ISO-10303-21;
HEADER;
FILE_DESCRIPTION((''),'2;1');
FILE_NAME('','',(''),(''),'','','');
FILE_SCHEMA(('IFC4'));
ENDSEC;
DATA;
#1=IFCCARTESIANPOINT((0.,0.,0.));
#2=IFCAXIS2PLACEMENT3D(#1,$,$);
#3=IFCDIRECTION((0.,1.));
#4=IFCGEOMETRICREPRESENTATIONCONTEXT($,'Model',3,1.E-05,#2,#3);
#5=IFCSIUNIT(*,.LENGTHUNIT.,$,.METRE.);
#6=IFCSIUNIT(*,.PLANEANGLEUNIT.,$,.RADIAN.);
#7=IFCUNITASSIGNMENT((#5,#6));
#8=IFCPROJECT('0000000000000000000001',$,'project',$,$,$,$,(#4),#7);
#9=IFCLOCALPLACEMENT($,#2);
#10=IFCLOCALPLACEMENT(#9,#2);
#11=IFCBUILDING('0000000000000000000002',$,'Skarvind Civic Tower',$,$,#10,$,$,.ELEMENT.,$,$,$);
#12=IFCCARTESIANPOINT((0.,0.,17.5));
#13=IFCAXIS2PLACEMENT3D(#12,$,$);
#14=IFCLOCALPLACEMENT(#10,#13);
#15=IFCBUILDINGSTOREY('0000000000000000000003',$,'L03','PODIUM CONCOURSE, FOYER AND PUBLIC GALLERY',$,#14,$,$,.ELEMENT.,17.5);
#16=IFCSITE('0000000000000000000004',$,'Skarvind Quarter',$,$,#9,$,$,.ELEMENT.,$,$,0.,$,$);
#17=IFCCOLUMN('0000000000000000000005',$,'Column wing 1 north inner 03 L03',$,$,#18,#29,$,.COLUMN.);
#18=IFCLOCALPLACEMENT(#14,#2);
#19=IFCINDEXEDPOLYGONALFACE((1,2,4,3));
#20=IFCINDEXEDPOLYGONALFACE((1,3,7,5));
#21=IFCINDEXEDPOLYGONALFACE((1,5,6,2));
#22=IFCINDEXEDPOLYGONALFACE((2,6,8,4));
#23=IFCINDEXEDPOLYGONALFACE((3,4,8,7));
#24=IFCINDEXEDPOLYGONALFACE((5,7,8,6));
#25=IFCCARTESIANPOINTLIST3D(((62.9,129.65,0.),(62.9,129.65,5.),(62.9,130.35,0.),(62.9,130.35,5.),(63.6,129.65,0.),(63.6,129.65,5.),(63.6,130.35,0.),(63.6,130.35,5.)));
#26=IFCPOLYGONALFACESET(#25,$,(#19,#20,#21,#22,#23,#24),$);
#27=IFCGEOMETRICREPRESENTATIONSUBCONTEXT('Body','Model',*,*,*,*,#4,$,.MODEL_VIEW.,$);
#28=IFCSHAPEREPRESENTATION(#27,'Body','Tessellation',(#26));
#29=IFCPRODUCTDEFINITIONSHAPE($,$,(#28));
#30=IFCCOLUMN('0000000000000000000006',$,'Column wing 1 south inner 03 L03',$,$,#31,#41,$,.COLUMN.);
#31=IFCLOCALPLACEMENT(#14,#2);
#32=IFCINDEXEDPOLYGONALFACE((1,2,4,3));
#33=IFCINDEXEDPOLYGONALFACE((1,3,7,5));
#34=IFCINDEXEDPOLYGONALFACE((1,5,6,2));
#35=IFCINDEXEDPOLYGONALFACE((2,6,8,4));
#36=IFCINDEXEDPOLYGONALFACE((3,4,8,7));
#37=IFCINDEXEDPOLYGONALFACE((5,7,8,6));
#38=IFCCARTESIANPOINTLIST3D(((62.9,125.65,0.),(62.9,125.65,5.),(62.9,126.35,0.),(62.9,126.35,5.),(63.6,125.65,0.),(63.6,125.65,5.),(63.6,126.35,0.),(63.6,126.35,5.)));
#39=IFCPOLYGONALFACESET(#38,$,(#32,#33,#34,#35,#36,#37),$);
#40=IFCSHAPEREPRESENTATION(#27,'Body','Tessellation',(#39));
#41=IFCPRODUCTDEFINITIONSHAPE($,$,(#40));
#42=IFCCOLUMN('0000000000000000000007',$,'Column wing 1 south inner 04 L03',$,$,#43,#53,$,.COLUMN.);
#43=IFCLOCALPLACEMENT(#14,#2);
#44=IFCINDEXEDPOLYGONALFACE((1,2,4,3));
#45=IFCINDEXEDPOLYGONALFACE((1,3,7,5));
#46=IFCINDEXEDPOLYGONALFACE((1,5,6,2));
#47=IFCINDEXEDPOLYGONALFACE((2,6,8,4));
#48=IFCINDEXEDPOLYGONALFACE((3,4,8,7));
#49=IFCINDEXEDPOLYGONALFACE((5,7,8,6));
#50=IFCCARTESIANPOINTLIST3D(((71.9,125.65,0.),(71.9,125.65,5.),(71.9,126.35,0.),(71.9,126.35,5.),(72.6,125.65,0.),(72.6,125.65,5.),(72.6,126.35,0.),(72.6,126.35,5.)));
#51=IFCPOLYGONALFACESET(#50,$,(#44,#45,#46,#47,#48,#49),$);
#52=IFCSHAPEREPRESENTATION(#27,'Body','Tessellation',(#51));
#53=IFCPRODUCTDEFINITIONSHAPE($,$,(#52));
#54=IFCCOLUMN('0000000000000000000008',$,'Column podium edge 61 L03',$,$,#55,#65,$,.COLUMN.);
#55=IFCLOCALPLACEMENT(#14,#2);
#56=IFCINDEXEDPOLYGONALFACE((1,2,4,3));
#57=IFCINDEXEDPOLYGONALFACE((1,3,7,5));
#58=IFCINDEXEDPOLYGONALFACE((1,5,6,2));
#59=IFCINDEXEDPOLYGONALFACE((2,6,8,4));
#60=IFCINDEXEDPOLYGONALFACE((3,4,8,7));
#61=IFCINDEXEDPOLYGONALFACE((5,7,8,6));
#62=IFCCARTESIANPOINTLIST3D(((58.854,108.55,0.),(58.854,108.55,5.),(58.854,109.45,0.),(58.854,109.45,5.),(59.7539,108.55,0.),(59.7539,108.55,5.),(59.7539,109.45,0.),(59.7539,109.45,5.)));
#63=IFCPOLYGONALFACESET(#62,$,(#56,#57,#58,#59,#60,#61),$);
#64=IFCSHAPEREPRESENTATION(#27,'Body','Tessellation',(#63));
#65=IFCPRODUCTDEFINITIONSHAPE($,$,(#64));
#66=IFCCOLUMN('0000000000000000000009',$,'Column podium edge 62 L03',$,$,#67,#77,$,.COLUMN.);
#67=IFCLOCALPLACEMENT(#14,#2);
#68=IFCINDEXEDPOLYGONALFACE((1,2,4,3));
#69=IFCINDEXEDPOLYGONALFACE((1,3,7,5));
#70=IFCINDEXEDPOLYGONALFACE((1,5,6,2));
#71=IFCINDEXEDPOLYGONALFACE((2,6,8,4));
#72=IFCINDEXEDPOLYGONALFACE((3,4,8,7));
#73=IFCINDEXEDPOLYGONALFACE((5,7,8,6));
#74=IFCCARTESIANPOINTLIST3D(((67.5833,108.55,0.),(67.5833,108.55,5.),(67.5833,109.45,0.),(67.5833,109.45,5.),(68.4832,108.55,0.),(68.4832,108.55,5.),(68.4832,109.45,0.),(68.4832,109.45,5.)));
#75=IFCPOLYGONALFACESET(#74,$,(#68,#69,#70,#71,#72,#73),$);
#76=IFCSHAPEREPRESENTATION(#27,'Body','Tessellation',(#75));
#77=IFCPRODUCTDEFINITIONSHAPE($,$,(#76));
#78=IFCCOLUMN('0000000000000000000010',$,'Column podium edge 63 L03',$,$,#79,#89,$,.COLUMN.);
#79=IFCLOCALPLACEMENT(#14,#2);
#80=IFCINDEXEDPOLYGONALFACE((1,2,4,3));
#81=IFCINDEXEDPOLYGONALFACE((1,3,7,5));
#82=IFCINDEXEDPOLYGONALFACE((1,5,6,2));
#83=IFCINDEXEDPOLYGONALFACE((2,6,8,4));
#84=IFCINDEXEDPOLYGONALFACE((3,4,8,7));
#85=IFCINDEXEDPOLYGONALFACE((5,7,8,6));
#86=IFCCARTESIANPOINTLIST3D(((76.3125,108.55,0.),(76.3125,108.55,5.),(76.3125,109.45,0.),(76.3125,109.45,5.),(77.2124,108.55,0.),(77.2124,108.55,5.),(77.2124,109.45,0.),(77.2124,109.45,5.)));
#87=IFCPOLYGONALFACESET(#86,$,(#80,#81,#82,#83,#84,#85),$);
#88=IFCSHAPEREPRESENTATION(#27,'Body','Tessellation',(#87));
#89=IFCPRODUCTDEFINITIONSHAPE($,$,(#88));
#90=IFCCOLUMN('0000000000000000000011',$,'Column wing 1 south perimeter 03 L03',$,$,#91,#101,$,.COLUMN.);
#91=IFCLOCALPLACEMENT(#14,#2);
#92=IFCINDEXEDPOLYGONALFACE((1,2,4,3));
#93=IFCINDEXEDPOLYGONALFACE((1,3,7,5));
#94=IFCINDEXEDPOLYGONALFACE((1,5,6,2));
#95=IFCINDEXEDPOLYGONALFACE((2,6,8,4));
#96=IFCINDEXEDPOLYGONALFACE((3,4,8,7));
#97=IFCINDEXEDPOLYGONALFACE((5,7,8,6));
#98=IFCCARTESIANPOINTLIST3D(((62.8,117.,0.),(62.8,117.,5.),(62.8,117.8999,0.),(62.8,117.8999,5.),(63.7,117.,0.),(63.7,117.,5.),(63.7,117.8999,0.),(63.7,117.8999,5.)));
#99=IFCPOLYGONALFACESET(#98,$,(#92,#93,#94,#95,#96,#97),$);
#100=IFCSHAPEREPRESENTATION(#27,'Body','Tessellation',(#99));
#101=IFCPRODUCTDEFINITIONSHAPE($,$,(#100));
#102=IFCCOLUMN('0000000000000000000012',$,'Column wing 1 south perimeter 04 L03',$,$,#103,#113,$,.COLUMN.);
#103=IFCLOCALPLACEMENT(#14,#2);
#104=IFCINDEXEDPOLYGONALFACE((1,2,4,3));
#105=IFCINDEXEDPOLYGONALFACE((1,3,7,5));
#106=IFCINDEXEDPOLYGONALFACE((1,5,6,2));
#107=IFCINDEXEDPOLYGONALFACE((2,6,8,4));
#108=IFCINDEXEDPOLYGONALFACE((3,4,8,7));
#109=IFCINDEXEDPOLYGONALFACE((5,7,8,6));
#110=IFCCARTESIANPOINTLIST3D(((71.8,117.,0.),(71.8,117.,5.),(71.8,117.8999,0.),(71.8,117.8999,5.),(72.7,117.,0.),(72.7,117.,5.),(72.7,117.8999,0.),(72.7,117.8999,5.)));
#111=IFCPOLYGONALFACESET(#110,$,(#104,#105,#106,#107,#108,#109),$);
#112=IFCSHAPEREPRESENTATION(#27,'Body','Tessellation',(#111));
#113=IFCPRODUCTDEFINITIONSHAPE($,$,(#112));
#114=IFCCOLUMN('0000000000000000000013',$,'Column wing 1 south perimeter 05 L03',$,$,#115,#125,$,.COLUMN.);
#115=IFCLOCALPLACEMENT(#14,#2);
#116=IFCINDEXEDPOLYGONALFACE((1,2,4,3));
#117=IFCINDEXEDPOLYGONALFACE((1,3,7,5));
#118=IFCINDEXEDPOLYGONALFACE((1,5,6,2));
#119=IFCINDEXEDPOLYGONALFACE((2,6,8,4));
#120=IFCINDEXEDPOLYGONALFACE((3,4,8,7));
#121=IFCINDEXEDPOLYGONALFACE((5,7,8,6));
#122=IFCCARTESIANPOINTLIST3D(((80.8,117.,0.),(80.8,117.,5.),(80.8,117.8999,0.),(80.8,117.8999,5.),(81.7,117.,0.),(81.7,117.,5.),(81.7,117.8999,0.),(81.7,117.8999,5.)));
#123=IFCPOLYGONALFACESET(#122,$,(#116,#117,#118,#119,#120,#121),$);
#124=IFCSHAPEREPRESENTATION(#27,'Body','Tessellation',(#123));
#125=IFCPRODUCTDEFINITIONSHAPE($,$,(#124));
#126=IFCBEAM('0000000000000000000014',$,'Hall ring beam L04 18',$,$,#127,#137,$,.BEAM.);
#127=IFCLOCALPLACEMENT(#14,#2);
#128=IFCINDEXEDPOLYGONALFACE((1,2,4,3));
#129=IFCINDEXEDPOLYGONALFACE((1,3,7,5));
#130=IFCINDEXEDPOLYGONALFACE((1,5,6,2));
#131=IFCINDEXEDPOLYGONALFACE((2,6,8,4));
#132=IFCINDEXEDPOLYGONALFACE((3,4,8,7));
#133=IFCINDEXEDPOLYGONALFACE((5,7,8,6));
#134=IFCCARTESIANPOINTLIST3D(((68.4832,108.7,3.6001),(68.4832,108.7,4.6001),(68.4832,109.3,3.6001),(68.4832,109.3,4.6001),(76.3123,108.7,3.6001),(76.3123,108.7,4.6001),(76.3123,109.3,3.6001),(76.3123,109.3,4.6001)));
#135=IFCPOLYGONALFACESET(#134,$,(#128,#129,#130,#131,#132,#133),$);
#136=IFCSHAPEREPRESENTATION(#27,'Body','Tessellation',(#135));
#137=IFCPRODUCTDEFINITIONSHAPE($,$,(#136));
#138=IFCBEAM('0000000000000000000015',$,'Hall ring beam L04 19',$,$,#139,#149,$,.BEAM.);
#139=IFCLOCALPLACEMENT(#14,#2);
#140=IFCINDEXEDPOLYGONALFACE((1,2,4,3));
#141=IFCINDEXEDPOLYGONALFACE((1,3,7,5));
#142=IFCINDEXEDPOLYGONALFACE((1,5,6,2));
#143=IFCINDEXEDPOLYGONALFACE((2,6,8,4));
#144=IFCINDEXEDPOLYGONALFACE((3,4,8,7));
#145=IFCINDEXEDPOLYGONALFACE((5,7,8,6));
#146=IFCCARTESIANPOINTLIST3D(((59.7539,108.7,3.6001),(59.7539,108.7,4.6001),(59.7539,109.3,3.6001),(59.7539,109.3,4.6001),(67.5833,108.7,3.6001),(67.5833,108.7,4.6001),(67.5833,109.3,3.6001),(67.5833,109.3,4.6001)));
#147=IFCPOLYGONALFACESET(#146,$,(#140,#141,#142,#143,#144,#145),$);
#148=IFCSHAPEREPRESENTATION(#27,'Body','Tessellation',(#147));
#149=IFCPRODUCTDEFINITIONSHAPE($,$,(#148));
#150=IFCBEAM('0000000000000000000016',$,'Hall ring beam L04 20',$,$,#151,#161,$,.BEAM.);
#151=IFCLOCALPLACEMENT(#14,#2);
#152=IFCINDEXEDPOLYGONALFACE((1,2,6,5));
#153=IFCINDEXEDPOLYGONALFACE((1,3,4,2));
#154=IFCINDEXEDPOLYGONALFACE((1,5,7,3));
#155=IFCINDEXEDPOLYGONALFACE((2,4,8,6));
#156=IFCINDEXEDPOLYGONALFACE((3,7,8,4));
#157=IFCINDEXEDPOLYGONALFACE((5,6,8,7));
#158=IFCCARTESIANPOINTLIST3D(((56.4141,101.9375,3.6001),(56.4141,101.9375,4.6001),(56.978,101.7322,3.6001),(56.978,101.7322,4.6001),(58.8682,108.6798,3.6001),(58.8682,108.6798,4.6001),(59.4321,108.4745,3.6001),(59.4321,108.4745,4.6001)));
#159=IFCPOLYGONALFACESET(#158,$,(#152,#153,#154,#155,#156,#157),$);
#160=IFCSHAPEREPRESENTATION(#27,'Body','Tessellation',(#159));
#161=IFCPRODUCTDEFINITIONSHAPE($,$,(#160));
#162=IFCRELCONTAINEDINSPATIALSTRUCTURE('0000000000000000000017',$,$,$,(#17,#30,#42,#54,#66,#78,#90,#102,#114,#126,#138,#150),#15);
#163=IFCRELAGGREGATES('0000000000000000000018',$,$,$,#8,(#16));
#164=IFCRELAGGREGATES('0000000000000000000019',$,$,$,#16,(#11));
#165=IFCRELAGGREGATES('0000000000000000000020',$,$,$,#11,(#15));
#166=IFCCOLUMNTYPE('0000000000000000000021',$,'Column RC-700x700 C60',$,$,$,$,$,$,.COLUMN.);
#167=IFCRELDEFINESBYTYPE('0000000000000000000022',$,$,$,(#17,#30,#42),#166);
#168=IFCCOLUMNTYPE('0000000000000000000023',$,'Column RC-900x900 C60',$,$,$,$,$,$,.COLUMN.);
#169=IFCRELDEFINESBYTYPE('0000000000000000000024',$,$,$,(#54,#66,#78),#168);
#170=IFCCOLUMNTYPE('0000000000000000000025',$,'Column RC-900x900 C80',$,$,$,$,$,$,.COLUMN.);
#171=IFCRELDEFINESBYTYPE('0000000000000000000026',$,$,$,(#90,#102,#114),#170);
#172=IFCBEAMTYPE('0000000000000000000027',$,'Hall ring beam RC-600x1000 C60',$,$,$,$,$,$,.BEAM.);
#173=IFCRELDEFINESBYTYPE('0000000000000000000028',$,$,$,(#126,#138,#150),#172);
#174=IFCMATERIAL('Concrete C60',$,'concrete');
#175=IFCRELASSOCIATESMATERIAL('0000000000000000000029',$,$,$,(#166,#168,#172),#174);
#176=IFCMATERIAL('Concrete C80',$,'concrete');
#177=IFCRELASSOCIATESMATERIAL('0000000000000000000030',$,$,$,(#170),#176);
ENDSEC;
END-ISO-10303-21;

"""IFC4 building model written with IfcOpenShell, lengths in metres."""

from ifc_helpers import new_model, si_unit, direction, frame, origin, origin_2d, place, context, subcontext, project, spatial, rectangle, extrude, material, material_profile, profile_set, type_object, element, save


model = new_model("IFC4")

# Units and contexts
model_context = context("Model", 3, precision=1e-05, world=origin(), true_north=direction((0.0, 1.0)))
body_context = subcontext(model_context, "Body", "Model", "MODEL_VIEW")
ifc_project = project(units=[si_unit("LENGTHUNIT", "METRE"), si_unit("PLANEANGLEUNIT", "RADIAN")], contexts=[model_context])

# Site, building, storey
site_placement = place(None, origin())
site = spatial("IfcSite", under=ifc_project, at=site_placement, Name="Skarvind Quarter", CompositionType="ELEMENT", RefElevation=0.0)
building_placement = place(site_placement, origin())
building = spatial("IfcBuilding", under=site, at=building_placement, Name="Skarvind Civic Tower", CompositionType="ELEMENT")
storey_placement = place(building_placement, frame((0.0, 0.0, 17.5)))
storey = spatial("IfcBuildingStorey", under=building, at=storey_placement, Name="L03", Description="PODIUM CONCOURSE, FOYER AND PUBLIC GALLERY", CompositionType="ELEMENT", Elevation=17.5)

# Columns
ifc_material_1 = material(Name="Concrete C60", Category="concrete")
ifc_material_profile_1 = material_profile(ifc_material_1, rectangle(XDim=0.7, YDim=0.7, at=origin_2d()), Name="RC-700x700")
ifc_profile_set_1 = profile_set([ifc_material_profile_1], Name="Concrete C60")
column_type_1 = type_object("IfcColumnType", Name="Column RC-700x700 C60", PredefinedType="COLUMN", material=ifc_profile_set_1)
for number, where, z_axis, x_axis, name in (
    (1, (63.25, 130.0, 0.0), (0.0, 0.0, 1.0), (1.0, 0.0, 0.0), "Column wing 1 north inner 03 L03"),
    (2, (63.25, 126.0, 0.0), (0.0, 0.0, 1.0), (1.0, 0.0, 0.0), "Column wing 1 south inner 03 L03"),
    (3, (72.25, 126.0, 0.0), (0.0, 0.0, 1.0), (1.0, 0.0, 0.0), "Column wing 1 south inner 04 L03"),
):
    element("IfcColumn", number, at=place(storey_placement, frame(where, z_axis=z_axis, x_axis=x_axis)), inside=storey, type_object=column_type_1, Name=name, PredefinedType="COLUMN", context=body_context, shape_type="SweptSolid", body=[
        extrude(rectangle(XDim=0.7, YDim=0.7, at=origin_2d()), origin(), (0.0, 0.0, 1.0), 5.0),
    ])
ifc_material_profile_2 = material_profile(ifc_material_1, rectangle(XDim=0.8999, YDim=0.8999, at=origin_2d()), Name="RC-900x900")
ifc_profile_set_2 = profile_set([ifc_material_profile_2], Name="Concrete C60")
column_type_2 = type_object("IfcColumnType", Name="Column RC-900x900 C60", PredefinedType="COLUMN", material=ifc_profile_set_2)
for number, where, z_axis, x_axis, name in (
    (4, (59.304, 109.0, 0.0), (0.0, 0.0, 1.0), (1.0, 0.0, 0.0), "Column podium edge 61 L03"),
    (5, (68.0332, 109.0, 0.0), (0.0, 0.0, 1.0), (1.0, 0.0, 0.0), "Column podium edge 62 L03"),
    (6, (76.7625, 109.0, 0.0), (0.0, 0.0, 1.0), (1.0, 0.0, 0.0), "Column podium edge 63 L03"),
):
    element("IfcColumn", number, at=place(storey_placement, frame(where, z_axis=z_axis, x_axis=x_axis)), inside=storey, type_object=column_type_2, Name=name, PredefinedType="COLUMN", context=body_context, shape_type="SweptSolid", body=[
        extrude(rectangle(XDim=0.8999, YDim=0.8999, at=origin_2d()), origin(), (0.0, 0.0, 1.0), 5.0),
    ])
ifc_material_2 = material(Name="Concrete C80", Category="concrete")
ifc_material_profile_3 = material_profile(ifc_material_2, rectangle(XDim=0.8999, YDim=0.8999, at=origin_2d()), Name="RC-900x900")
ifc_profile_set_3 = profile_set([ifc_material_profile_3], Name="Concrete C80")
column_type_3 = type_object("IfcColumnType", Name="Column RC-900x900 C80", PredefinedType="COLUMN", material=ifc_profile_set_3)
for number, where, z_axis, x_axis, name in (
    (7, (63.25, 117.45, 0.0), (0.0, 0.0, 1.0), (1.0, 0.0, 0.0), "Column wing 1 south perimeter 03 L03"),
    (8, (72.25, 117.45, 0.0), (0.0, 0.0, 1.0), (1.0, 0.0, 0.0), "Column wing 1 south perimeter 04 L03"),
    (9, (81.25, 117.45, 0.0), (0.0, 0.0, 1.0), (1.0, 0.0, 0.0), "Column wing 1 south perimeter 05 L03"),
):
    element("IfcColumn", number, at=place(storey_placement, frame(where, z_axis=z_axis, x_axis=x_axis)), inside=storey, type_object=column_type_3, Name=name, PredefinedType="COLUMN", context=body_context, shape_type="SweptSolid", body=[
        extrude(rectangle(XDim=0.8999, YDim=0.8999, at=origin_2d()), origin(), (0.0, 0.0, 1.0), 5.0),
    ])

# Beams
ifc_material_profile_4 = material_profile(ifc_material_1, rectangle(XDim=0.6001, YDim=1.0, at=origin_2d()), Name="RC-600x1000")
ifc_profile_set_4 = profile_set([ifc_material_profile_4], Name="Concrete C60")
beam_type = type_object("IfcBeamType", Name="Hall ring beam RC-600x1000 C60", PredefinedType="BEAM", material=ifc_profile_set_4)
beam_1_placement = place(storey_placement, frame((76.3123, 109.0, 4.1001), z_axis=(-1.0, 0.0, 0.0), x_axis=(0.0, -1.0, 0.0)))
element("IfcBeam", 10, at=beam_1_placement, inside=storey, type_object=beam_type, Name="Hall ring beam L04 18", PredefinedType="BEAM", context=body_context, shape_type="SweptSolid", body=[
    extrude(rectangle(XDim=0.6001, YDim=1.0, at=origin_2d()), origin(), (0.0, 0.0, 1.0), 7.8291),
])
beam_2_placement = place(storey_placement, frame((67.5833, 109.0, 4.1001), z_axis=(-1.0, 0.0, 0.0), x_axis=(0.0, -1.0, 0.0)))
element("IfcBeam", 11, at=beam_2_placement, inside=storey, type_object=beam_type, Name="Hall ring beam L04 19", PredefinedType="BEAM", context=body_context, shape_type="SweptSolid", body=[
    extrude(rectangle(XDim=0.6001, YDim=1.0, at=origin_2d()), origin(), (0.0, 0.0, 1.0), 7.8293),
])
beam_3_placement = place(storey_placement, frame((59.1501, 108.5771, 4.1001), z_axis=(-0.342027, -0.93969, 0.0), x_axis=(0.93969, -0.342027, 0.0)))
element("IfcBeam", 12, at=beam_3_placement, inside=storey, type_object=beam_type, Name="Hall ring beam L04 20", PredefinedType="BEAM", context=body_context, shape_type="SweptSolid", body=[
    extrude(rectangle(XDim=0.6001, YDim=1.0, at=origin_2d()), origin(), (0.0, 0.0, 1.0), 7.175),
])

save(model, "model.ifc")
